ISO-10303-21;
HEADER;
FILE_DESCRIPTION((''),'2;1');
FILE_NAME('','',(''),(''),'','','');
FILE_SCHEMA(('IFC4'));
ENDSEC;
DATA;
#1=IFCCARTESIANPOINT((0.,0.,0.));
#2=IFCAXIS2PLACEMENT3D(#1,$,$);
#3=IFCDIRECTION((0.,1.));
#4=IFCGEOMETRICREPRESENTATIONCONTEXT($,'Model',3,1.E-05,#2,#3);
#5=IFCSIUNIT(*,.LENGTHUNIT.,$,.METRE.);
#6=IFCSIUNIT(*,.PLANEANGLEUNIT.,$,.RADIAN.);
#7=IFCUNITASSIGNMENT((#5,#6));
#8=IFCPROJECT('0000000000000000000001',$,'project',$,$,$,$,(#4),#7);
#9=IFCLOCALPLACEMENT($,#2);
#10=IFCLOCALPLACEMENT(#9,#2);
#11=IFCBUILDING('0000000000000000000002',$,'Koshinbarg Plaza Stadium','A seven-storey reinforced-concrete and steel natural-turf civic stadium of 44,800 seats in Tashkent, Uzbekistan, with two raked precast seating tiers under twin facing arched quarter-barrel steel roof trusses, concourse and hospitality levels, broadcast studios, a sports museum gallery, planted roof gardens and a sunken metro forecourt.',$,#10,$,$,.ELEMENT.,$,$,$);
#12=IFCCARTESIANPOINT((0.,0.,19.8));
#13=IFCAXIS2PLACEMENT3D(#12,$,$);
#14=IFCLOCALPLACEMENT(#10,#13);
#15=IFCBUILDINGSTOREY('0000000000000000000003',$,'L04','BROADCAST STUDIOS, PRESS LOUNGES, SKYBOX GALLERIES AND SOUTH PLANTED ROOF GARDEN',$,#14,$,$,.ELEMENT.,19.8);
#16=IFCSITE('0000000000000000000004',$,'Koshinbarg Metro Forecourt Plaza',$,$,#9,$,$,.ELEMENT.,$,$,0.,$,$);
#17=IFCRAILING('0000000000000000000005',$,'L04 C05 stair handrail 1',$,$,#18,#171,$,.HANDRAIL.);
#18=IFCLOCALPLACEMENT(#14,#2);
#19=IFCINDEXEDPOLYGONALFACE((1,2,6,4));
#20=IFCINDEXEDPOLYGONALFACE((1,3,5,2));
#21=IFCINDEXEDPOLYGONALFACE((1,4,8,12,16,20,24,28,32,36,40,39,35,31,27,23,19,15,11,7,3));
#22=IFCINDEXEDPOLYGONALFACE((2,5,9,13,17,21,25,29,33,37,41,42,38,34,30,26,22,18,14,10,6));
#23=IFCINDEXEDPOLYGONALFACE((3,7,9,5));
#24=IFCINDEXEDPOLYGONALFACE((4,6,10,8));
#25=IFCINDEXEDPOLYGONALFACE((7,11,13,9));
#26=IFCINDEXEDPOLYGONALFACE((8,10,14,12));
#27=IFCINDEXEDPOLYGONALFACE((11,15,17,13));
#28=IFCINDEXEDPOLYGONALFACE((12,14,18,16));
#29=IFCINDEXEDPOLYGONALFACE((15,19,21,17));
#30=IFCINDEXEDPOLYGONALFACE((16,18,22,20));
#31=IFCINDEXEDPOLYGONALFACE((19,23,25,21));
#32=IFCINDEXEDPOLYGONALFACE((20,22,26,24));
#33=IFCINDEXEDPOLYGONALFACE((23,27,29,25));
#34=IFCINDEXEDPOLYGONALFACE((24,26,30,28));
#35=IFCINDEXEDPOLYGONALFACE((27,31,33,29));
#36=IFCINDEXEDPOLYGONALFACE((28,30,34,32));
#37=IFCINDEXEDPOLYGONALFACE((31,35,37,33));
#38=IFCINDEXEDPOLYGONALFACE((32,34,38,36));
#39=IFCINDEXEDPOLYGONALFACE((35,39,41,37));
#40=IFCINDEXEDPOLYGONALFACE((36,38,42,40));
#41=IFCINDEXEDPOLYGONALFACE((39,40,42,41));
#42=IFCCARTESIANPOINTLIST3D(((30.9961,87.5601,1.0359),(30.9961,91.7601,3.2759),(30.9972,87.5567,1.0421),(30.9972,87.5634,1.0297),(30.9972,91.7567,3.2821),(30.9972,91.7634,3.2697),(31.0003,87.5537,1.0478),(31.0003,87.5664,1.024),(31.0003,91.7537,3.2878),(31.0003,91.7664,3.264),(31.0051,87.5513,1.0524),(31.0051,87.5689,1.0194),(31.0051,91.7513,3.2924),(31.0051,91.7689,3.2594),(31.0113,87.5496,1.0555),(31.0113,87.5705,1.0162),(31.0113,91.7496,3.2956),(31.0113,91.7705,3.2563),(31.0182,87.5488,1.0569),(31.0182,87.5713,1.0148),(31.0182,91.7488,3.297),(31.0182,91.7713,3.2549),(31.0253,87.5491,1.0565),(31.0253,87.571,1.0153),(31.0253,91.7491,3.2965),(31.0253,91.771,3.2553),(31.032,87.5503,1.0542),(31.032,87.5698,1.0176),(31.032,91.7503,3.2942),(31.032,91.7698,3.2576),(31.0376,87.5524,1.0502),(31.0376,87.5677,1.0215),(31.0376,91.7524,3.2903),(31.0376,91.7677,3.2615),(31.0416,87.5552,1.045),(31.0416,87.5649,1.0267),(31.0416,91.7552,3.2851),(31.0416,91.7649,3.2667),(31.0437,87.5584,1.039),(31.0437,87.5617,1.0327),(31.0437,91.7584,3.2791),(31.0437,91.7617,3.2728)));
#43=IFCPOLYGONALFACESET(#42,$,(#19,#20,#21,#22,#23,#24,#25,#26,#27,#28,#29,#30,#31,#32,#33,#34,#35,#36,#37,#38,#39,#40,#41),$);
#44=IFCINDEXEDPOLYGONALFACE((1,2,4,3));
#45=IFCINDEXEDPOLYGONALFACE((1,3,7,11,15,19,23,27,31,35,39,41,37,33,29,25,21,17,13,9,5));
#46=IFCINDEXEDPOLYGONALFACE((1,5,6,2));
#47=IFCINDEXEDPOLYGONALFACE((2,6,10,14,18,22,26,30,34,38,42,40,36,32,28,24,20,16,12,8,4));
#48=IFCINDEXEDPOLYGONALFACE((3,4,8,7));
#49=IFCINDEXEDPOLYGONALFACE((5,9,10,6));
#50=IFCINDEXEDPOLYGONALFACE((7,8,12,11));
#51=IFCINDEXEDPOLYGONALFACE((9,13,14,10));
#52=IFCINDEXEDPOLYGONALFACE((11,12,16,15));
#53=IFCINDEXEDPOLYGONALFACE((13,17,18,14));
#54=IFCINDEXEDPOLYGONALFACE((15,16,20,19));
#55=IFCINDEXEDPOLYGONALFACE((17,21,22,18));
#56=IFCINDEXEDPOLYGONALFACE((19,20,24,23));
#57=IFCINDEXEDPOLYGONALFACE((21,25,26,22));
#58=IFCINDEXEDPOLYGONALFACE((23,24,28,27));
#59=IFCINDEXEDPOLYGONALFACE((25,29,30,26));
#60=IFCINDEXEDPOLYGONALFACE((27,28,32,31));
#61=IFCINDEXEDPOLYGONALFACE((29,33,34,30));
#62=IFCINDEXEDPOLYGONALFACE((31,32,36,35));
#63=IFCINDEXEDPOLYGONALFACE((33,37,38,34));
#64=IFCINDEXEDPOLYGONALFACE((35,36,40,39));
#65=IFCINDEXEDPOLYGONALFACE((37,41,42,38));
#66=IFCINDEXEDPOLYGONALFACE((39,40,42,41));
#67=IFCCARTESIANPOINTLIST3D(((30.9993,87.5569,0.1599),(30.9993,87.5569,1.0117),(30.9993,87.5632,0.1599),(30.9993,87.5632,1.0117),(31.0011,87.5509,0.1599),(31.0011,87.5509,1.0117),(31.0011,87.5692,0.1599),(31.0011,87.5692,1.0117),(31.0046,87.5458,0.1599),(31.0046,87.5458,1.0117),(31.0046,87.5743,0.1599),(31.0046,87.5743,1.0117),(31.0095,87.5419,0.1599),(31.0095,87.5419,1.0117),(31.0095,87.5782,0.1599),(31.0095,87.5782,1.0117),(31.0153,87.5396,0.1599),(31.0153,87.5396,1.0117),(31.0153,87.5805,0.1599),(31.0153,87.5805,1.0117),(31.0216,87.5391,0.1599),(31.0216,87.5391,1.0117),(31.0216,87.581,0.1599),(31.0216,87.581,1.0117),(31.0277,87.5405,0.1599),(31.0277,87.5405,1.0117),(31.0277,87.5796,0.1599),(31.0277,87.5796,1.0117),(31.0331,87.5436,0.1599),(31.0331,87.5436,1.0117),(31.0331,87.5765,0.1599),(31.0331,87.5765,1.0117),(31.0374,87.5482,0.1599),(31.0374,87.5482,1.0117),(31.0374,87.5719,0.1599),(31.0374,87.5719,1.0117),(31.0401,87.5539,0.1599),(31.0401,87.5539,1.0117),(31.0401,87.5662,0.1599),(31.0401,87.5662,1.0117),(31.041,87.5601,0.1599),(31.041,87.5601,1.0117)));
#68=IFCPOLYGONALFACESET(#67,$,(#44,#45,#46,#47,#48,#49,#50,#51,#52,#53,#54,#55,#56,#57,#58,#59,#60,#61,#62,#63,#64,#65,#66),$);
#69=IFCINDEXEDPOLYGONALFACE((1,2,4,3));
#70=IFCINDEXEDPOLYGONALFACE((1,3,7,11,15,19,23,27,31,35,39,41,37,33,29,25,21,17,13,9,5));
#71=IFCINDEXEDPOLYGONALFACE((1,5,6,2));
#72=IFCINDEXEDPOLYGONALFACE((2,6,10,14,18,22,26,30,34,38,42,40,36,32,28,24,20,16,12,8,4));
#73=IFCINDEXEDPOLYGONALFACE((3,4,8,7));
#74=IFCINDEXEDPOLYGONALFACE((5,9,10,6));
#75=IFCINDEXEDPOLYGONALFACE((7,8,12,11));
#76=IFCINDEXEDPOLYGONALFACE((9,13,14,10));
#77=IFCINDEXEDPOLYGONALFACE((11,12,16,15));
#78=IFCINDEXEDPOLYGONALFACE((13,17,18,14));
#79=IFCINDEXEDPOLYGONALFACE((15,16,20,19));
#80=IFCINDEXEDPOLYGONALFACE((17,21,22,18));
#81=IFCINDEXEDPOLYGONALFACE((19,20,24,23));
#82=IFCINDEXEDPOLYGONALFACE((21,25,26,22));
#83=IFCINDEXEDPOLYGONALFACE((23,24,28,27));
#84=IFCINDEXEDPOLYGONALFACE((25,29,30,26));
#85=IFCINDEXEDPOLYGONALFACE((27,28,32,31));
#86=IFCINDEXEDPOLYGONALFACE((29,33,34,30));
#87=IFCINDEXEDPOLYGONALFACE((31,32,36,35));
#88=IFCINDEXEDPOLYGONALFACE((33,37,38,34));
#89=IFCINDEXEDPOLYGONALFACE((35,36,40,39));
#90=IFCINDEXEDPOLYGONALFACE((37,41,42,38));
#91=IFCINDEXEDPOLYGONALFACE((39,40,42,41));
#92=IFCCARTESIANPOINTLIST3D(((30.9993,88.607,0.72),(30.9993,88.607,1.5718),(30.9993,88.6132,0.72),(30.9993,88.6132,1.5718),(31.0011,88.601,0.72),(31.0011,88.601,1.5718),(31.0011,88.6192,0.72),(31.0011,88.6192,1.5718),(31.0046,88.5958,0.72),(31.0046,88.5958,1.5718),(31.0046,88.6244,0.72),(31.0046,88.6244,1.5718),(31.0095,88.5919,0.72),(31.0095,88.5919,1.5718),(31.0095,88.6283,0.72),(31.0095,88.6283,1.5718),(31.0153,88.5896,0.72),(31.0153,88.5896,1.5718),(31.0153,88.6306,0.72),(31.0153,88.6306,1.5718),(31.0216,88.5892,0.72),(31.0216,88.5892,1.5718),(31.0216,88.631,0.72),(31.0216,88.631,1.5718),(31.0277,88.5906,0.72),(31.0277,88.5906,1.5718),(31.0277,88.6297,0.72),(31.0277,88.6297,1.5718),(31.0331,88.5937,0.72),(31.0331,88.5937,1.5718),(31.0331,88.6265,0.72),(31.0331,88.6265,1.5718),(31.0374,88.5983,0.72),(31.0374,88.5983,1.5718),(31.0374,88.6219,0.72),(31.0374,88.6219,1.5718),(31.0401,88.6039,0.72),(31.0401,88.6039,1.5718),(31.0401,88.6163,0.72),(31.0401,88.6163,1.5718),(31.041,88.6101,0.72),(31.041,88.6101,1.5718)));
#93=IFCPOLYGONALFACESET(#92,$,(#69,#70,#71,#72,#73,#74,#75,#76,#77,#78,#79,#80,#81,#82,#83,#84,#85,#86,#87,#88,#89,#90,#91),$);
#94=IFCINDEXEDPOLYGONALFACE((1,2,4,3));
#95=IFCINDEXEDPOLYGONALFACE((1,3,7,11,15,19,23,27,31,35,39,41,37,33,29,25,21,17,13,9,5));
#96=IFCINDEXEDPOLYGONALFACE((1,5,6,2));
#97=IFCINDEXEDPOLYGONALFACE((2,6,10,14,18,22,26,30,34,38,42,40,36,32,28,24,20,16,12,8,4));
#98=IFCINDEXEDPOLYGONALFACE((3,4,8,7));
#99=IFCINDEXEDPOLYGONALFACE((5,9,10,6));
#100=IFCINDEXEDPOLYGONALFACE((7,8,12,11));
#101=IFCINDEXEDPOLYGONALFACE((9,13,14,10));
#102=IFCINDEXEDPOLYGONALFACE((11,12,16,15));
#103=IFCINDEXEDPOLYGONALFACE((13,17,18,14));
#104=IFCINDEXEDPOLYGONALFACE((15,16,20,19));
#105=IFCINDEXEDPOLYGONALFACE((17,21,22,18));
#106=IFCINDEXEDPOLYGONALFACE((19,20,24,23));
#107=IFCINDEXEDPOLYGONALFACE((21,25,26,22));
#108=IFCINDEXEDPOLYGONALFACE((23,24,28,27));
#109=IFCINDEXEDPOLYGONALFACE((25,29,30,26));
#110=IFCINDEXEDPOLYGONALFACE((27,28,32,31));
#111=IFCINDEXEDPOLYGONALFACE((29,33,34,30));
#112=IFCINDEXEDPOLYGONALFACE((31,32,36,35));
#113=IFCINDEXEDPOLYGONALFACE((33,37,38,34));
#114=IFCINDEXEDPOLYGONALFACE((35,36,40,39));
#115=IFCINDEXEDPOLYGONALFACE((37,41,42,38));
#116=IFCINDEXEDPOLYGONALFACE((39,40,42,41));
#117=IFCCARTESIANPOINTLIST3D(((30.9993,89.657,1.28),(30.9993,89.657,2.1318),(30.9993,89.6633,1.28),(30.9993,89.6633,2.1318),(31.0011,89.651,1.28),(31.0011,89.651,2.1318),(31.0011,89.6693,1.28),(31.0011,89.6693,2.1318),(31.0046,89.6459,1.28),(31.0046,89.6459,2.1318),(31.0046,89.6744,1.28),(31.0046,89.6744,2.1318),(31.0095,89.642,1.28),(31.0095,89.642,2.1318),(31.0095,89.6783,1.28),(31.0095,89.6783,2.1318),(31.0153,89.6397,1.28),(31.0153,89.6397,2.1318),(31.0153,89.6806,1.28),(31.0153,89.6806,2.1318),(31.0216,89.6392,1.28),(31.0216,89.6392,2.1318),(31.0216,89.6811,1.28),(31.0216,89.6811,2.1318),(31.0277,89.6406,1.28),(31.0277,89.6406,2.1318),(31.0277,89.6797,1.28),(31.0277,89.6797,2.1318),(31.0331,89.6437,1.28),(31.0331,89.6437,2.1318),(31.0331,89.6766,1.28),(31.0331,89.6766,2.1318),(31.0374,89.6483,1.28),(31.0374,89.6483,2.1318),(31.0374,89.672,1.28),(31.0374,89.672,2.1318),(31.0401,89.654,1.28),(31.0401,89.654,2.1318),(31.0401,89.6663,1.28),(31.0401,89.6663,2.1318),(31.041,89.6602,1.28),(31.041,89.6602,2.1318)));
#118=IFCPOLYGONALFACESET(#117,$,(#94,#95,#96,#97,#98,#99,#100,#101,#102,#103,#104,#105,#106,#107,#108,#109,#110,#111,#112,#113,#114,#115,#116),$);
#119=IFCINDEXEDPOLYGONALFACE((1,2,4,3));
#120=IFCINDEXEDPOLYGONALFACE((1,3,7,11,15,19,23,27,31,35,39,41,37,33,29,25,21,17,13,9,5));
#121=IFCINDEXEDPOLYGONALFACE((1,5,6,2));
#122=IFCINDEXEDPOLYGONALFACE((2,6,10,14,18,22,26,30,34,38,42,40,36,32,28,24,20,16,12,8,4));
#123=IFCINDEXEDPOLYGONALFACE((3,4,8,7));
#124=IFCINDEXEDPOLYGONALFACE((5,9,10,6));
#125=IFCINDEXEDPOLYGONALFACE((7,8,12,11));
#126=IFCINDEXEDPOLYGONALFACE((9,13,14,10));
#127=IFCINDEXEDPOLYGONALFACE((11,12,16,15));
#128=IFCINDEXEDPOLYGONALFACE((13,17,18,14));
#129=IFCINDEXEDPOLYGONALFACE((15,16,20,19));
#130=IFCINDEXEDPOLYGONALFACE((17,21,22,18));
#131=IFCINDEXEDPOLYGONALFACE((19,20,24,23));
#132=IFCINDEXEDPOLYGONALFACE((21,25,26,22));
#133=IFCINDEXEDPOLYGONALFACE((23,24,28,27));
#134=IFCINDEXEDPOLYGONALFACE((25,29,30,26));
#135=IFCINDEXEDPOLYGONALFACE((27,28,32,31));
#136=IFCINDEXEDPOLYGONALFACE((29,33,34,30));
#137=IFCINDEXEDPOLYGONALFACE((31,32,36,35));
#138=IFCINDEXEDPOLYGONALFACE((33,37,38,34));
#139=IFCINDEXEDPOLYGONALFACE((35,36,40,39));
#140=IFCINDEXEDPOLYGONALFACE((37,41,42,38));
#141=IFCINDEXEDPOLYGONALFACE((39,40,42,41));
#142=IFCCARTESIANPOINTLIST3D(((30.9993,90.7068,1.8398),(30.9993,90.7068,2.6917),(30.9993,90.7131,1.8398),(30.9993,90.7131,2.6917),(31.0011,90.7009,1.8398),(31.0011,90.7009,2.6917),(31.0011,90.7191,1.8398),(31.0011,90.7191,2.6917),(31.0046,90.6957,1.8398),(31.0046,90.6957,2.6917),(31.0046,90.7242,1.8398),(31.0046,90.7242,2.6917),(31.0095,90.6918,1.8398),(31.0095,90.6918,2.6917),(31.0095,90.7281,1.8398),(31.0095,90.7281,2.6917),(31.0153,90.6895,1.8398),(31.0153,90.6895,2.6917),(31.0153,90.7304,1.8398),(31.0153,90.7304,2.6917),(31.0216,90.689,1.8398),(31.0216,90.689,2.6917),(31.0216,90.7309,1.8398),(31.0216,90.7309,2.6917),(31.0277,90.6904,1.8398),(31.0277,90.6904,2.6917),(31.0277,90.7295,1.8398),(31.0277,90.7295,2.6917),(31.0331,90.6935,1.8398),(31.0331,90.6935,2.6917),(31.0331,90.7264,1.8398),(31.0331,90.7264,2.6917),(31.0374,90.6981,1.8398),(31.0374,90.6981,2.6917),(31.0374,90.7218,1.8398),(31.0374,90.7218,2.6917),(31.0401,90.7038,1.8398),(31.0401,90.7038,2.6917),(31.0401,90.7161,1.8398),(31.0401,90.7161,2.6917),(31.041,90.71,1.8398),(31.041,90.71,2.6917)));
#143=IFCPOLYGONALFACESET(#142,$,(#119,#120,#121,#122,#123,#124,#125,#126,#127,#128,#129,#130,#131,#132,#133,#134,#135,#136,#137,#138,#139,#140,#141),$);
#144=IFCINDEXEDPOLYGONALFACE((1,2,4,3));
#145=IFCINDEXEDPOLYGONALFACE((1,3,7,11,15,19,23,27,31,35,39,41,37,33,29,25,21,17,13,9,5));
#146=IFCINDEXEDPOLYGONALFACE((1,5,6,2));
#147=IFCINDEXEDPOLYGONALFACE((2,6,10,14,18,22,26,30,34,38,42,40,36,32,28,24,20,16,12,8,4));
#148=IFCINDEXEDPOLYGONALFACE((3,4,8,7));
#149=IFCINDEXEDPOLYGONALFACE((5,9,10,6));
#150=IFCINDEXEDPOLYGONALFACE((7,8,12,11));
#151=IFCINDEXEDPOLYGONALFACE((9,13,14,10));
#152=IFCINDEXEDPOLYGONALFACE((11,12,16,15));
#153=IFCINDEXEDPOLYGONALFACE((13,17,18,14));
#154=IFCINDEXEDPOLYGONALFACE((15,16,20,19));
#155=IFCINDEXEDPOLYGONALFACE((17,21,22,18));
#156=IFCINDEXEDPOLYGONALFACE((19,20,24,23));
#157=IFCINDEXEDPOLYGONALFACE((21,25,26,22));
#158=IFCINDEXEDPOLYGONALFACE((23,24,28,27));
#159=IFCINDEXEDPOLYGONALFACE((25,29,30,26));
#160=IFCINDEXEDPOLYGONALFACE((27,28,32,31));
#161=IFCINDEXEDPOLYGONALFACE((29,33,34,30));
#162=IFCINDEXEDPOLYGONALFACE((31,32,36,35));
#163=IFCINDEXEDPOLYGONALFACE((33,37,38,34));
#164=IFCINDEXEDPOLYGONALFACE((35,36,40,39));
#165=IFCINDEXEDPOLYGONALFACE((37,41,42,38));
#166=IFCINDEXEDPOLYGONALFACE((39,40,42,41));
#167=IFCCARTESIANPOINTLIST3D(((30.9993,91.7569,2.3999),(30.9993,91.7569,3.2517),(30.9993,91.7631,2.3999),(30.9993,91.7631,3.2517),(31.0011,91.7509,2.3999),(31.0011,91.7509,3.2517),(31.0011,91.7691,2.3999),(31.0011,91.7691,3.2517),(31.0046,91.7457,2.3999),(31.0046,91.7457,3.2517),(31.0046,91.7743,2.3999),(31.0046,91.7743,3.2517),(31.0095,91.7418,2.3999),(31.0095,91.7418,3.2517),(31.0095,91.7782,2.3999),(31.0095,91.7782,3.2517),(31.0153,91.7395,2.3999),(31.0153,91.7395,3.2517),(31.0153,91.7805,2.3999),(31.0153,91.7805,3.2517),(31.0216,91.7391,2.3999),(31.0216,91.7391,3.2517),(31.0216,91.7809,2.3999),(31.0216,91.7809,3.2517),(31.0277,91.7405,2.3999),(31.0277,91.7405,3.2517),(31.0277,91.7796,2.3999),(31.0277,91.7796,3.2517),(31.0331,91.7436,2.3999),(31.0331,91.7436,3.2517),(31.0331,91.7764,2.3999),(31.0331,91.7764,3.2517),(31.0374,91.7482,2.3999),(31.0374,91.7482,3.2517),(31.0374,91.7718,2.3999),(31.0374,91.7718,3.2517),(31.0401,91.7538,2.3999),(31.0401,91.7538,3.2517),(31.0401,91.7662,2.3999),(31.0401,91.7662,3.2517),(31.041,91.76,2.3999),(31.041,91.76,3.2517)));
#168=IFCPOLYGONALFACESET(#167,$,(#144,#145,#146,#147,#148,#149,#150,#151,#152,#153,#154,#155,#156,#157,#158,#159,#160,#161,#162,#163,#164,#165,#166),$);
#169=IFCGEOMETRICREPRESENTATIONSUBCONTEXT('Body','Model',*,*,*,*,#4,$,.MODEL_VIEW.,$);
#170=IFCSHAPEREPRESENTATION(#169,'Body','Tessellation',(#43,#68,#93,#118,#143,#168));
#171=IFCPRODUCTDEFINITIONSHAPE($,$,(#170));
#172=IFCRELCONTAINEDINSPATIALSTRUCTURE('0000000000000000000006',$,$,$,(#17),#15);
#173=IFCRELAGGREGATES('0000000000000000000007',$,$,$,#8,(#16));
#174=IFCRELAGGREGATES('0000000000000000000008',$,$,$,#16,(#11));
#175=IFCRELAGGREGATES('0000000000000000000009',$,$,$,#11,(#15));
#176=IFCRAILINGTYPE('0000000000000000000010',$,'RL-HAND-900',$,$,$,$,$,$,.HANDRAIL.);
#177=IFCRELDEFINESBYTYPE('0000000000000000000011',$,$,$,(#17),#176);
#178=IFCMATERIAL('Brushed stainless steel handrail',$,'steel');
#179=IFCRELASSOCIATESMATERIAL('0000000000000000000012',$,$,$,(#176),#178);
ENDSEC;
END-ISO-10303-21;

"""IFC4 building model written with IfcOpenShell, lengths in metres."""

from ifc_helpers import new_model, si_unit, direction, frame, origin, origin_2d, place, context, subcontext, project, spatial, circle, extrude, material, type_object, element, save


model = new_model("IFC4")

# Units and contexts
model_context = context("Model", 3, precision=1e-05, world=origin(), true_north=direction((0.0, 1.0)))
body_context = subcontext(model_context, "Body", "Model", "MODEL_VIEW")
ifc_project = project(units=[si_unit("LENGTHUNIT", "METRE"), si_unit("PLANEANGLEUNIT", "RADIAN")], contexts=[model_context])

# Site, building, storey
site_placement = place(None, origin())
site = spatial("IfcSite", under=ifc_project, at=site_placement, Name="Koshinbarg Metro Forecourt Plaza", CompositionType="ELEMENT", RefElevation=0.0)
building_placement = place(site_placement, origin())
building = spatial("IfcBuilding", under=site, at=building_placement, Name="Koshinbarg Plaza Stadium", Description="A seven-storey reinforced-concrete and steel natural-turf civic stadium of 44,800 seats in Tashkent, Uzbekistan, with two raked precast seating tiers under twin facing arched quarter-barrel steel roof trusses, concourse and hospitality levels, broadcast studios, a sports museum gallery, planted roof gardens and a sunken metro forecourt.", CompositionType="ELEMENT")
storey_placement = place(building_placement, frame((0.0, 0.0, 19.8)))
storey = spatial("IfcBuildingStorey", under=building, at=storey_placement, Name="L04", Description="BROADCAST STUDIOS, PRESS LOUNGES, SKYBOX GALLERIES AND SOUTH PLANTED ROOF GARDEN", CompositionType="ELEMENT", Elevation=19.8)

# Railing
ifc_material_1 = material(Name="Brushed stainless steel handrail", Category="steel")
railing_type_1 = type_object("IfcRailingType", Name="RL-HAND-900", PredefinedType="HANDRAIL", material=ifc_material_1)
railing_1_placement = place(storey_placement, frame((31.02, 87.5601, 0.1599)))
element("IfcRailing", 1, at=railing_1_placement, inside=storey, type_object=railing_type_1, Name="L04 C05 stair handrail 1", PredefinedType="HANDRAIL", context=body_context, shape_type="SweptSolid", body=[
    extrude(circle(Radius=0.0239, at=origin_2d()), frame((0.0, 0.0, 0.876), z_axis=(0.0, 0.882352, 0.470591), x_axis=(-1.0, 0.0, 0.0)), (0.0, 0.0, 1.0), 4.76),
    extrude(circle(Radius=0.021, at=origin_2d()), origin(), (0.0, 0.0, 1.0), 0.8518),
    extrude(circle(Radius=0.021, at=origin_2d()), frame((0.0, 1.05, 0.5601)), (0.0, 0.0, 1.0), 0.8518),
    extrude(circle(Radius=0.021, at=origin_2d()), frame((0.0, 2.1001, 1.1201)), (0.0, 0.0, 1.0), 0.8518),
    extrude(circle(Radius=0.021, at=origin_2d()), frame((0.0, 3.1499, 1.6799)), (0.0, 0.0, 1.0), 0.8518),
    extrude(circle(Radius=0.021, at=origin_2d()), frame((0.0, 4.2, 2.24)), (0.0, 0.0, 1.0), 0.8518),
])

save(model, "model.ifc")
